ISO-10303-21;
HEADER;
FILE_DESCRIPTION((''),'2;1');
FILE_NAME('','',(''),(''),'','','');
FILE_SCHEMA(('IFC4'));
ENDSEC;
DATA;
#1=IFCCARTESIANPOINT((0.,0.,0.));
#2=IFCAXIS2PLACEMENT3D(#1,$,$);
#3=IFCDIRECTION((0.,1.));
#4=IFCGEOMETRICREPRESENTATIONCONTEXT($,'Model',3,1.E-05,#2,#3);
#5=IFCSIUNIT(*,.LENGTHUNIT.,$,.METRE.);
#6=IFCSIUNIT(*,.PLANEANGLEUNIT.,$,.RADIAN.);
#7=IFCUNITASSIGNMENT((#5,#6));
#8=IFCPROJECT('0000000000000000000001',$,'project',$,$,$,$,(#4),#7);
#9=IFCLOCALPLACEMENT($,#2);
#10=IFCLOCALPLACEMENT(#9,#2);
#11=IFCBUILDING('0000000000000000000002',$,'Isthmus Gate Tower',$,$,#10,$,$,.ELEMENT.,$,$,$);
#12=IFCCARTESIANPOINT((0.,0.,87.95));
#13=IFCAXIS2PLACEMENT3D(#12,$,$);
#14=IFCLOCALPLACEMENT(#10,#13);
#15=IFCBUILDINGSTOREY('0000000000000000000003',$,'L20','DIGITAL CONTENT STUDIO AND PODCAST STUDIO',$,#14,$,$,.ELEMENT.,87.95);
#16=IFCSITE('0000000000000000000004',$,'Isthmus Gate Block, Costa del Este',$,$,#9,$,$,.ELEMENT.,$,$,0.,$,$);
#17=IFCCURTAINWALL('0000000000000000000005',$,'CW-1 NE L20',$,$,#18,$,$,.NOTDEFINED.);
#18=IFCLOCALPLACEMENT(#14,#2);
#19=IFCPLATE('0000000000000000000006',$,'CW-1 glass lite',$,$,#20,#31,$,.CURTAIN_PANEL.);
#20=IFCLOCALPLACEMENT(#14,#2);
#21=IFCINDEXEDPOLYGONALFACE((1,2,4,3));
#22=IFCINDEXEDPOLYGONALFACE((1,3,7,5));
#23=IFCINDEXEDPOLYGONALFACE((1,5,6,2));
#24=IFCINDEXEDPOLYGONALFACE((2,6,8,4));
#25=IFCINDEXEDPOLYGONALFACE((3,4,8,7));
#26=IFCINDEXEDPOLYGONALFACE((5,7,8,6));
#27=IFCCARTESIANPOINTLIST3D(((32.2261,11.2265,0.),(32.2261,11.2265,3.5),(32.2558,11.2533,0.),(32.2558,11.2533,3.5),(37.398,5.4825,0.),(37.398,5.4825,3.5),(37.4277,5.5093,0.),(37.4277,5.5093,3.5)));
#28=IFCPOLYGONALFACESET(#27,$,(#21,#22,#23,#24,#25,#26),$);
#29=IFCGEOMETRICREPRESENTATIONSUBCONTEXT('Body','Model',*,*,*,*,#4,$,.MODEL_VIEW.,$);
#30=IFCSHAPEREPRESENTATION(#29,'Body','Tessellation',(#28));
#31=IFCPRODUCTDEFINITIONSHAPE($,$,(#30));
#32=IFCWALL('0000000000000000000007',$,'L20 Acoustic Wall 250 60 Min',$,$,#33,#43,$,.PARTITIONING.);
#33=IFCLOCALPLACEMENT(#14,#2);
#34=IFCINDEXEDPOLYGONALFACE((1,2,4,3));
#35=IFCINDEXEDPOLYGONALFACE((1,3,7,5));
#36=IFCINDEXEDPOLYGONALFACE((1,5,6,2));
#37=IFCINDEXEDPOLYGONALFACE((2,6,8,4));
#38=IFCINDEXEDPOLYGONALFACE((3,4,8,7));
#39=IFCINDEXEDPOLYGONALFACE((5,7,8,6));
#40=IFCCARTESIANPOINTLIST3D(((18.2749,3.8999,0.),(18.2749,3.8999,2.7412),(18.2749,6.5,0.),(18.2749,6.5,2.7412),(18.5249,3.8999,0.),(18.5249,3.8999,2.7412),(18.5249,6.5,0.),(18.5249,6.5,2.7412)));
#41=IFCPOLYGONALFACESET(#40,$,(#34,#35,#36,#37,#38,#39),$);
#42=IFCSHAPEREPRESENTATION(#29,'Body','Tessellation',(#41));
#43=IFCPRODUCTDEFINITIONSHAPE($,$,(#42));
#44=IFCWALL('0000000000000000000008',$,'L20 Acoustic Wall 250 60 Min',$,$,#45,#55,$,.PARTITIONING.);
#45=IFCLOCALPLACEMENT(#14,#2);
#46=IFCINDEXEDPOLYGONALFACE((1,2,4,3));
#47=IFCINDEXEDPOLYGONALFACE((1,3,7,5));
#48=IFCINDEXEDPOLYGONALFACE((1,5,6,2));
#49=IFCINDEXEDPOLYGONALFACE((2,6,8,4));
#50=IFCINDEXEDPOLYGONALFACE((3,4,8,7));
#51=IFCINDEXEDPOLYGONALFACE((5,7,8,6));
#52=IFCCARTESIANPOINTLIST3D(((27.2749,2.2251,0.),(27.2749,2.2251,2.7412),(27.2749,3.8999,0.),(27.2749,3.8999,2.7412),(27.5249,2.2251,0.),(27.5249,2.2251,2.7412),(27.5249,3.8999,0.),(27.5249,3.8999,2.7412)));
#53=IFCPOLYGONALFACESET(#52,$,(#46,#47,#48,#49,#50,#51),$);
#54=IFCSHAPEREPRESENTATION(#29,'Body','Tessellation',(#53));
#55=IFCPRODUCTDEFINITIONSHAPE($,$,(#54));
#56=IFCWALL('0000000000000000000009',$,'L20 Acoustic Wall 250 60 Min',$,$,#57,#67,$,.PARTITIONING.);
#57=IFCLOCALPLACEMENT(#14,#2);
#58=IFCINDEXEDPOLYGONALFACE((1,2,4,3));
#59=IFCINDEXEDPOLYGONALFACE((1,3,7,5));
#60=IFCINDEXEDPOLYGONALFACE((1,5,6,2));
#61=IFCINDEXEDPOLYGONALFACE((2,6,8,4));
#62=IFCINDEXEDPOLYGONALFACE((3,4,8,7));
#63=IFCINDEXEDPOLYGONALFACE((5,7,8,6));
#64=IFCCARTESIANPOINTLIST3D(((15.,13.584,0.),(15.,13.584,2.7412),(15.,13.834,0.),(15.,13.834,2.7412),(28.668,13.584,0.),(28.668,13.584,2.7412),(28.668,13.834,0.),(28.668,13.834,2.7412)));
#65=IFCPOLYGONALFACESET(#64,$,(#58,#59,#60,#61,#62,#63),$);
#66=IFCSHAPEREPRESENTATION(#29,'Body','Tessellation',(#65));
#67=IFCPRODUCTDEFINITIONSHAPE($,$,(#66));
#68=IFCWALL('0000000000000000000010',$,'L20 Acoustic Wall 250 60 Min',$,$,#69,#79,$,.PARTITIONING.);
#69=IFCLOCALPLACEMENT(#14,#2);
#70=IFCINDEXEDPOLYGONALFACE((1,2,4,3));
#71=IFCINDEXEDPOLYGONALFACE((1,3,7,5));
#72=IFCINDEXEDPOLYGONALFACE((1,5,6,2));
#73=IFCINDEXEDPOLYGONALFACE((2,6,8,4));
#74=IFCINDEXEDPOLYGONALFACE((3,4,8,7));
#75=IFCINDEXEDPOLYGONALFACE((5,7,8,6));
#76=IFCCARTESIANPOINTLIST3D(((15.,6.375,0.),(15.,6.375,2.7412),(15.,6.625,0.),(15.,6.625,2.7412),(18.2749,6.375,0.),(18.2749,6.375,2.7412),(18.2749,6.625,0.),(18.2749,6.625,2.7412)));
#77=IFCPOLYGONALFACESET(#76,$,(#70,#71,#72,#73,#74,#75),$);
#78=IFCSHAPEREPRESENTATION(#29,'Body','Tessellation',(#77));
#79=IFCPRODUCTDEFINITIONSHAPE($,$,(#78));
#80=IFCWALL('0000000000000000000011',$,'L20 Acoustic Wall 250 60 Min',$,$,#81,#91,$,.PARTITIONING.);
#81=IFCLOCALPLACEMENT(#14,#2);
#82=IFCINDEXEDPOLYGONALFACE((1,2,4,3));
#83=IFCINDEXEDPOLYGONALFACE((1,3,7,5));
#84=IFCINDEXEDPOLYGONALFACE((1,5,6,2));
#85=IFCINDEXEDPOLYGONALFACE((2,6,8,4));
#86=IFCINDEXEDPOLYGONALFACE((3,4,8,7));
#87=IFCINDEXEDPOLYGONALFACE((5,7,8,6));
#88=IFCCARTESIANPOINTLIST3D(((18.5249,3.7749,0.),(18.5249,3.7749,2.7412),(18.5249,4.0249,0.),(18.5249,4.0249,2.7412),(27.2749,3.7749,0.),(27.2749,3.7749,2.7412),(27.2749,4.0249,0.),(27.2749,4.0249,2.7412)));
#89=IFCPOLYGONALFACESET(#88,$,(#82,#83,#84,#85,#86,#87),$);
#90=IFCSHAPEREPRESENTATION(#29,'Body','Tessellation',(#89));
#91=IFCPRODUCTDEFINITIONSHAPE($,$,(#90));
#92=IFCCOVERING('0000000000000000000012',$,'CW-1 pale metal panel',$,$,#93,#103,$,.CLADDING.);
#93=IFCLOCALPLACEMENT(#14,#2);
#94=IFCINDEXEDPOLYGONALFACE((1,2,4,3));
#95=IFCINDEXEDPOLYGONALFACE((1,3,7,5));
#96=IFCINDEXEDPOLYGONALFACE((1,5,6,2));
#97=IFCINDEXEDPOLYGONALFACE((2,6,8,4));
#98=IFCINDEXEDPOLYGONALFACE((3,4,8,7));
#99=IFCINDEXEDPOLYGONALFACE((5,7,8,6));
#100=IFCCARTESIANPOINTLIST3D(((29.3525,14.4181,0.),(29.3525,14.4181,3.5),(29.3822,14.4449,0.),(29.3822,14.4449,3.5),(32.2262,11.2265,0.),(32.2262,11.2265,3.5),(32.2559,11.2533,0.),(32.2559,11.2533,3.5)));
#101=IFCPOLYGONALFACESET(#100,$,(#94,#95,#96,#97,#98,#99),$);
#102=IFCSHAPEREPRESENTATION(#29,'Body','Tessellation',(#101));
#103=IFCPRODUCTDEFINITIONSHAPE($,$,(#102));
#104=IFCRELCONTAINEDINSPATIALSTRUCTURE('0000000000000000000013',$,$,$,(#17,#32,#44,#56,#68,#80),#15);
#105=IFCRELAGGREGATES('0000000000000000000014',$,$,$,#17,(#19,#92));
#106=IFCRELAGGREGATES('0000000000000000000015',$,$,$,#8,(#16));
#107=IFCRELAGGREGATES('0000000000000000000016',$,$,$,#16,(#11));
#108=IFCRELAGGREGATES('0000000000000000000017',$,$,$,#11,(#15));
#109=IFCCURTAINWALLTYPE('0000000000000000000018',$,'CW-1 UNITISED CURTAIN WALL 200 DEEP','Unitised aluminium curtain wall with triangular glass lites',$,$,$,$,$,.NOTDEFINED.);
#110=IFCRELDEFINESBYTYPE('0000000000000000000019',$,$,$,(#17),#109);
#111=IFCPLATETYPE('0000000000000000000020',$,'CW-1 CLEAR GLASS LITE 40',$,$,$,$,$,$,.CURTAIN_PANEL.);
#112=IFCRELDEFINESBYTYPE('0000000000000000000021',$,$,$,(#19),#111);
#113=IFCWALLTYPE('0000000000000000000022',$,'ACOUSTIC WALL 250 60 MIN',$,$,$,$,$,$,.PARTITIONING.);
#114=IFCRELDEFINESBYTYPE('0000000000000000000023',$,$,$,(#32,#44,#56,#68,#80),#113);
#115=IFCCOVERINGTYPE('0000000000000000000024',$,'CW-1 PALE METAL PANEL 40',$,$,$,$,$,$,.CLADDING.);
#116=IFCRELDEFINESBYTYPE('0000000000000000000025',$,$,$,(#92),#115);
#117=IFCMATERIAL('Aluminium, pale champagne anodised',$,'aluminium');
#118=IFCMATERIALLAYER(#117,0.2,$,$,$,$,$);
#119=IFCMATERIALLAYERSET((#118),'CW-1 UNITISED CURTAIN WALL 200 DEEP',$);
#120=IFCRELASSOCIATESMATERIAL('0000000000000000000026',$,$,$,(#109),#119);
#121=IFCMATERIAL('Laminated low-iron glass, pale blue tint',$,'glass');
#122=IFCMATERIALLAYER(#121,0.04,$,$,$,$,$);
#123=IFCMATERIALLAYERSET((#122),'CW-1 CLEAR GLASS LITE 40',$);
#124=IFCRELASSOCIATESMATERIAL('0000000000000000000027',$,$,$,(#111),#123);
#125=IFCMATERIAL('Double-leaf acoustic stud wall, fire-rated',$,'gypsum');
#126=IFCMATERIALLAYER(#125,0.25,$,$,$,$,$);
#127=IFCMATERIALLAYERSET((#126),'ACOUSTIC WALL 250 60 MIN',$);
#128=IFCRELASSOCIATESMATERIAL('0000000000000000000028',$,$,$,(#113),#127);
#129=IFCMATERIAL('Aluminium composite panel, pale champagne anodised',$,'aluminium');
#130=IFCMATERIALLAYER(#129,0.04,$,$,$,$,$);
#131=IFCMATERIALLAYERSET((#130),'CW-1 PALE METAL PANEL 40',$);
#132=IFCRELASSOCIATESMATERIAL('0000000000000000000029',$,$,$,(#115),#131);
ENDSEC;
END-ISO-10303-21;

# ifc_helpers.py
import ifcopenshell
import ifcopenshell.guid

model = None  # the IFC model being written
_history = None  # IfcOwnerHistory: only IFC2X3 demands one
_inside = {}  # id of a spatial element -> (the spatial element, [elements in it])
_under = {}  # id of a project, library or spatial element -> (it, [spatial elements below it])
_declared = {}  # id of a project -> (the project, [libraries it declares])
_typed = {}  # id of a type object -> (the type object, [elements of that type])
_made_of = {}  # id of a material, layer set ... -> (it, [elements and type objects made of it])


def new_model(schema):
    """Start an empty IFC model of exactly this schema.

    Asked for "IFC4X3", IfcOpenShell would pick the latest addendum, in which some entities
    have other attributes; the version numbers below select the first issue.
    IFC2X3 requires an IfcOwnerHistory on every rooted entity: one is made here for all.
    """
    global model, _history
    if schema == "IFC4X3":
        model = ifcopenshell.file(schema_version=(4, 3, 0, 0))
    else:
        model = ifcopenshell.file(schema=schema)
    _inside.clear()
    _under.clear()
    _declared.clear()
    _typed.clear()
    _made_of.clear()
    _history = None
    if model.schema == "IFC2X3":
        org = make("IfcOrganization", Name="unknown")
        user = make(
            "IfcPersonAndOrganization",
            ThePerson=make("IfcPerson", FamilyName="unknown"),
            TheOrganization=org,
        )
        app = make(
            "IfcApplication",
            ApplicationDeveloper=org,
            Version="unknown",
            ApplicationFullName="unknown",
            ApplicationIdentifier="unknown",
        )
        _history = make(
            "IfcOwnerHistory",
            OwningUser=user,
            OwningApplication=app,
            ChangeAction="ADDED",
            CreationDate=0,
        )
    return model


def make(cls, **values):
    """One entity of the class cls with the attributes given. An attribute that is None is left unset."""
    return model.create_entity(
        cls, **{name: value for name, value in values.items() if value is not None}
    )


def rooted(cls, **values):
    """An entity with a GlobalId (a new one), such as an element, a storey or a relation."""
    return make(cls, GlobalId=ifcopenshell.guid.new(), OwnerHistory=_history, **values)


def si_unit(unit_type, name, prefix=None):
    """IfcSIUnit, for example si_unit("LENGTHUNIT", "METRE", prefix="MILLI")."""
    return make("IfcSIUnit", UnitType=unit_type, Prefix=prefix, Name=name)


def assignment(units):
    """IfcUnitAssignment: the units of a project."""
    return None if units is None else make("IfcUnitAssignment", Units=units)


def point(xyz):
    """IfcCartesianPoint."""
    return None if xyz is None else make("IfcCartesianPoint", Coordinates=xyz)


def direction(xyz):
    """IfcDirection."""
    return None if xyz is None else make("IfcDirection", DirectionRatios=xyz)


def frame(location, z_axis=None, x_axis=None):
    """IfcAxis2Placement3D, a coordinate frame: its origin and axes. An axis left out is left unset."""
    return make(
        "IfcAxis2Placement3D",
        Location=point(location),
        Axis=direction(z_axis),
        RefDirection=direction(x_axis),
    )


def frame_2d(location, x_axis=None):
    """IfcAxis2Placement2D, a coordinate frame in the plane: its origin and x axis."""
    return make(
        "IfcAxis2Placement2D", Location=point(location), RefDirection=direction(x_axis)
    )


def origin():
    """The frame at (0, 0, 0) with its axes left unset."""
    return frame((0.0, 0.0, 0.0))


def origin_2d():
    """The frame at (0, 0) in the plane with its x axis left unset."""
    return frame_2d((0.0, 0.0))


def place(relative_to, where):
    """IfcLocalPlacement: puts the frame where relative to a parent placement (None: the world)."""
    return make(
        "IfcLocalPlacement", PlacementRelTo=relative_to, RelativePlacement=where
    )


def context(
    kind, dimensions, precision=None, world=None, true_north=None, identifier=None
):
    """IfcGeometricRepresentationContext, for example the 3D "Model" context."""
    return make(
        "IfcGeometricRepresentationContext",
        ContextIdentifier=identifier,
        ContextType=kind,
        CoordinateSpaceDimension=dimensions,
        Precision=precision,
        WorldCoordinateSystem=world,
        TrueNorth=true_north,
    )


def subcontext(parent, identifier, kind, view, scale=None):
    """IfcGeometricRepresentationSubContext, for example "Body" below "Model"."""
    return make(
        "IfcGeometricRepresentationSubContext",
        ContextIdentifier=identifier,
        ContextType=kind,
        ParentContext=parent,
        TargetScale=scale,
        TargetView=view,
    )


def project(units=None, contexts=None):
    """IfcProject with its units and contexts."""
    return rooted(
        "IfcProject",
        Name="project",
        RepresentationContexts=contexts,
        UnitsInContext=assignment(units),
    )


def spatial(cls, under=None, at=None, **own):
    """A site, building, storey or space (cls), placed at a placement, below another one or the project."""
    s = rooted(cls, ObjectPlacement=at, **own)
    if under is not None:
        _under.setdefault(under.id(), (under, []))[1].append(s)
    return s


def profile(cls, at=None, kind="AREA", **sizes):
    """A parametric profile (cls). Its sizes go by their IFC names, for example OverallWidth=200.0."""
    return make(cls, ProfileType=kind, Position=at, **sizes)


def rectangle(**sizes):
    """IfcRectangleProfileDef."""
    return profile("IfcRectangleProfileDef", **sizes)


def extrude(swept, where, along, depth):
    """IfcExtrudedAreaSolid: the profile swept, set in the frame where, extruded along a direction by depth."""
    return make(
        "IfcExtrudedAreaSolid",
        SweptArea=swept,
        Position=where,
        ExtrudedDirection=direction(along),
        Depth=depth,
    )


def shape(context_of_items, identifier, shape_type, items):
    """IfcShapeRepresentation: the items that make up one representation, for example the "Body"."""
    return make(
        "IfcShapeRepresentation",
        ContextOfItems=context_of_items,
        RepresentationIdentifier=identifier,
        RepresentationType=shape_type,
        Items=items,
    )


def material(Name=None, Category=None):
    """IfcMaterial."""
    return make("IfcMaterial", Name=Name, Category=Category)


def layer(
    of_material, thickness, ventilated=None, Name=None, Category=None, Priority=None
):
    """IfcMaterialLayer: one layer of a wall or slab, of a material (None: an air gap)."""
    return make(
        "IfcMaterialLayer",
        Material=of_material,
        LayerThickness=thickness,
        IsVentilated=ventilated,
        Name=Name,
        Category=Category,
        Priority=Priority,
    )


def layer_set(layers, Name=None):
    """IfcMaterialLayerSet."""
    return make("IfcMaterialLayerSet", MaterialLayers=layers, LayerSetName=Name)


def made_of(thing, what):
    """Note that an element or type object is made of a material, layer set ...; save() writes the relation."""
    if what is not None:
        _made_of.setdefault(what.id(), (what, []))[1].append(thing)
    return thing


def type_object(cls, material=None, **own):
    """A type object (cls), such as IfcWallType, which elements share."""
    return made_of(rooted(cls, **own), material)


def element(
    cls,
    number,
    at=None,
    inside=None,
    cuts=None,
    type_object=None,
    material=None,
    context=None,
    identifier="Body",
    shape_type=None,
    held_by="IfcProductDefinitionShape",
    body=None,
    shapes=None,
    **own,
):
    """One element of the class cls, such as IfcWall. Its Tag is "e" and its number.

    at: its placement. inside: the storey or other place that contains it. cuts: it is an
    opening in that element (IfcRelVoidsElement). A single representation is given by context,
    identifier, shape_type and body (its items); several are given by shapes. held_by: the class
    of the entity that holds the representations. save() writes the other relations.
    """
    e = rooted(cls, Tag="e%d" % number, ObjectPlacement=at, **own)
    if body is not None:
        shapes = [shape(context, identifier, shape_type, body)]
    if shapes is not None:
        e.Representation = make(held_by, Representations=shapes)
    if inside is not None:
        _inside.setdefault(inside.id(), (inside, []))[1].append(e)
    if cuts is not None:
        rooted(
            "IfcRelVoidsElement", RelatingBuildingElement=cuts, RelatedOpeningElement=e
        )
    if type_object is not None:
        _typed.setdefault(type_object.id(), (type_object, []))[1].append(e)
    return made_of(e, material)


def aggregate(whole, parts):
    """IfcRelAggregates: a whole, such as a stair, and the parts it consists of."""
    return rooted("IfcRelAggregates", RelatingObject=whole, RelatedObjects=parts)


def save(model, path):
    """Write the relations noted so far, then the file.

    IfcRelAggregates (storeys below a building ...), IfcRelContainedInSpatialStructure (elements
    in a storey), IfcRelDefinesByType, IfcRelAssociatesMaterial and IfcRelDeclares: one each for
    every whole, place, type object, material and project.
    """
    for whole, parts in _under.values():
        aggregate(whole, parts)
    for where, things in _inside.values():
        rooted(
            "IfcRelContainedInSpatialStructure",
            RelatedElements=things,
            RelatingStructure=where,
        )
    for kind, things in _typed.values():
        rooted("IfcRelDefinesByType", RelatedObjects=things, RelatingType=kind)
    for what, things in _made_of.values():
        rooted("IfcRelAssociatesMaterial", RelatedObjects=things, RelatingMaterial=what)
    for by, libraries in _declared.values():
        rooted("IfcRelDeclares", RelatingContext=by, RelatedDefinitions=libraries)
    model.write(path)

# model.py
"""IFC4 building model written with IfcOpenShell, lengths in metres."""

from ifc_helpers import new_model, si_unit, direction, frame, frame_2d, origin, origin_2d, place, context, subcontext, project, spatial, rectangle, extrude, material, layer, layer_set, type_object, element, aggregate, save


model = new_model("IFC4")

# Units and contexts
model_context = context("Model", 3, precision=1e-05, world=origin(), true_north=direction((0.0, 1.0)))
body_context = subcontext(model_context, "Body", "Model", "MODEL_VIEW")
ifc_project = project(units=[si_unit("LENGTHUNIT", "METRE"), si_unit("PLANEANGLEUNIT", "RADIAN")], contexts=[model_context])

# Site, building, storey
site_placement = place(None, origin())
site = spatial("IfcSite", under=ifc_project, at=site_placement, Name="Isthmus Gate Block, Costa del Este", CompositionType="ELEMENT", RefElevation=0.0)
building_placement = place(site_placement, origin())
building = spatial("IfcBuilding", under=site, at=building_placement, Name="Isthmus Gate Tower", CompositionType="ELEMENT")
storey_placement = place(building_placement, frame((0.0, 0.0, 87.95)))
storey = spatial("IfcBuildingStorey", under=building, at=storey_placement, Name="L20", Description="DIGITAL CONTENT STUDIO AND PODCAST STUDIO", CompositionType="ELEMENT", Elevation=87.95)

# Curtain wall
ifc_material_1 = material(Name="Aluminium, pale champagne anodised", Category="aluminium")
ifc_layer_1 = layer(ifc_material_1, 0.2)
ifc_layer_set_1 = layer_set([ifc_layer_1], Name="CW-1 UNITISED CURTAIN WALL 200 DEEP")
curtain_wall_type = type_object("IfcCurtainWallType", Name="CW-1 UNITISED CURTAIN WALL 200 DEEP", Description="Unitised aluminium curtain wall with triangular glass lites", PredefinedType="NOTDEFINED", material=ifc_layer_set_1)
curtain_wall_placement = place(storey_placement, origin())
curtain_wall = element("IfcCurtainWall", 1, at=curtain_wall_placement, inside=storey, type_object=curtain_wall_type, Name="CW-1 NE L20", PredefinedType="NOTDEFINED")

# Plate
ifc_material_2 = material(Name="Laminated low-iron glass, pale blue tint", Category="glass")
ifc_layer_2 = layer(ifc_material_2, 0.04)
ifc_layer_set_2 = layer_set([ifc_layer_2], Name="CW-1 CLEAR GLASS LITE 40")
plate_type = type_object("IfcPlateType", Name="CW-1 CLEAR GLASS LITE 40", PredefinedType="CURTAIN_PANEL", material=ifc_layer_set_2)
plate_placement = place(storey_placement, frame((34.8269, 8.3679, 0.0), z_axis=(0.0, 0.0, 1.0), x_axis=(-0.669131, 0.743145, 0.0)))
plate = element("IfcPlate", 2, at=plate_placement, type_object=plate_type, Name="CW-1 glass lite", PredefinedType="CURTAIN_PANEL", context=body_context, shape_type="SweptSolid", body=[
    extrude(rectangle(XDim=7.7292, YDim=0.04, at=origin_2d()), origin(), (0.0, 0.0, 1.0), 3.5),
])

# Walls
ifc_material_3 = material(Name="Double-leaf acoustic stud wall, fire-rated", Category="gypsum")
ifc_layer_3 = layer(ifc_material_3, 0.25)
ifc_layer_set_3 = layer_set([ifc_layer_3], Name="ACOUSTIC WALL 250 60 MIN")
wall_type = type_object("IfcWallType", Name="ACOUSTIC WALL 250 60 MIN", PredefinedType="PARTITIONING", material=ifc_layer_set_3)
wall_1_placement = place(storey_placement, frame((18.3999, 6.5, 0.0), z_axis=(0.0, 0.0, 1.0), x_axis=(0.0, -1.0, 0.0)))
element("IfcWall", 3, at=wall_1_placement, inside=storey, type_object=wall_type, Name="L20 Acoustic Wall 250 60 Min", PredefinedType="PARTITIONING", context=body_context, shape_type="SweptSolid", body=[
    extrude(rectangle(XDim=2.6001, YDim=0.25, at=frame_2d((1.3, 0.0))), origin(), (0.0, 0.0, 1.0), 2.7412),
])
wall_2_placement = place(storey_placement, frame((27.3999, 3.8999, 0.0), z_axis=(0.0, 0.0, 1.0), x_axis=(0.0, -1.0, 0.0)))
element("IfcWall", 4, at=wall_2_placement, inside=storey, type_object=wall_type, Name="L20 Acoustic Wall 250 60 Min", PredefinedType="PARTITIONING", context=body_context, shape_type="SweptSolid", body=[
    extrude(rectangle(XDim=1.6748, YDim=0.25, at=frame_2d((0.8374, 0.0))), origin(), (0.0, 0.0, 1.0), 2.7412),
])
wall_3_placement = place(storey_placement, frame((15.0, 13.709, 0.0), z_axis=(0.0, 0.0, 1.0), x_axis=(1.0, 0.0, 0.0)))
element("IfcWall", 5, at=wall_3_placement, inside=storey, type_object=wall_type, Name="L20 Acoustic Wall 250 60 Min", PredefinedType="PARTITIONING", context=body_context, shape_type="SweptSolid", body=[
    extrude(rectangle(XDim=13.668, YDim=0.25, at=frame_2d((6.834, 0.0))), origin(), (0.0, 0.0, 1.0), 2.7412),
])
wall_4_placement = place(storey_placement, frame((15.0, 6.5, 0.0), z_axis=(0.0, 0.0, 1.0), x_axis=(1.0, 0.0, 0.0)))
element("IfcWall", 6, at=wall_4_placement, inside=storey, type_object=wall_type, Name="L20 Acoustic Wall 250 60 Min", PredefinedType="PARTITIONING", context=body_context, shape_type="SweptSolid", body=[
    extrude(rectangle(XDim=3.2749, YDim=0.25, at=frame_2d((1.6375, 0.0))), origin(), (0.0, 0.0, 1.0), 2.7412),
])
wall_5_placement = place(storey_placement, frame((18.5249, 3.8999, 0.0), z_axis=(0.0, 0.0, 1.0), x_axis=(1.0, 0.0, 0.0)))
element("IfcWall", 7, at=wall_5_placement, inside=storey, type_object=wall_type, Name="L20 Acoustic Wall 250 60 Min", PredefinedType="PARTITIONING", context=body_context, shape_type="SweptSolid", body=[
    extrude(rectangle(XDim=8.75, YDim=0.25, at=frame_2d((4.375, 0.0))), origin(), (0.0, 0.0, 1.0), 2.7412),
])

# Covering
ifc_material_4 = material(Name="Aluminium composite panel, pale champagne anodised", Category="aluminium")
ifc_layer_4 = layer(ifc_material_4, 0.04)
ifc_layer_set_4 = layer_set([ifc_layer_4], Name="CW-1 PALE METAL PANEL 40")
covering_type = type_object("IfcCoveringType", Name="CW-1 PALE METAL PANEL 40", PredefinedType="CLADDING", material=ifc_layer_set_4)
covering_placement = place(storey_placement, frame((30.8042, 12.8357, 0.0), z_axis=(0.0, 0.0, 1.0), x_axis=(-0.669131, 0.743145, 0.0)))
covering = element("IfcCovering", 8, at=covering_placement, type_object=covering_type, Name="CW-1 pale metal panel", PredefinedType="CLADDING", context=body_context, shape_type="SweptSolid", body=[
    extrude(rectangle(XDim=4.2947, YDim=0.04, at=origin_2d()), origin(), (0.0, 0.0, 1.0), 3.5),
])
aggregate(curtain_wall, [plate, covering])

save(model, "model.ifc")
